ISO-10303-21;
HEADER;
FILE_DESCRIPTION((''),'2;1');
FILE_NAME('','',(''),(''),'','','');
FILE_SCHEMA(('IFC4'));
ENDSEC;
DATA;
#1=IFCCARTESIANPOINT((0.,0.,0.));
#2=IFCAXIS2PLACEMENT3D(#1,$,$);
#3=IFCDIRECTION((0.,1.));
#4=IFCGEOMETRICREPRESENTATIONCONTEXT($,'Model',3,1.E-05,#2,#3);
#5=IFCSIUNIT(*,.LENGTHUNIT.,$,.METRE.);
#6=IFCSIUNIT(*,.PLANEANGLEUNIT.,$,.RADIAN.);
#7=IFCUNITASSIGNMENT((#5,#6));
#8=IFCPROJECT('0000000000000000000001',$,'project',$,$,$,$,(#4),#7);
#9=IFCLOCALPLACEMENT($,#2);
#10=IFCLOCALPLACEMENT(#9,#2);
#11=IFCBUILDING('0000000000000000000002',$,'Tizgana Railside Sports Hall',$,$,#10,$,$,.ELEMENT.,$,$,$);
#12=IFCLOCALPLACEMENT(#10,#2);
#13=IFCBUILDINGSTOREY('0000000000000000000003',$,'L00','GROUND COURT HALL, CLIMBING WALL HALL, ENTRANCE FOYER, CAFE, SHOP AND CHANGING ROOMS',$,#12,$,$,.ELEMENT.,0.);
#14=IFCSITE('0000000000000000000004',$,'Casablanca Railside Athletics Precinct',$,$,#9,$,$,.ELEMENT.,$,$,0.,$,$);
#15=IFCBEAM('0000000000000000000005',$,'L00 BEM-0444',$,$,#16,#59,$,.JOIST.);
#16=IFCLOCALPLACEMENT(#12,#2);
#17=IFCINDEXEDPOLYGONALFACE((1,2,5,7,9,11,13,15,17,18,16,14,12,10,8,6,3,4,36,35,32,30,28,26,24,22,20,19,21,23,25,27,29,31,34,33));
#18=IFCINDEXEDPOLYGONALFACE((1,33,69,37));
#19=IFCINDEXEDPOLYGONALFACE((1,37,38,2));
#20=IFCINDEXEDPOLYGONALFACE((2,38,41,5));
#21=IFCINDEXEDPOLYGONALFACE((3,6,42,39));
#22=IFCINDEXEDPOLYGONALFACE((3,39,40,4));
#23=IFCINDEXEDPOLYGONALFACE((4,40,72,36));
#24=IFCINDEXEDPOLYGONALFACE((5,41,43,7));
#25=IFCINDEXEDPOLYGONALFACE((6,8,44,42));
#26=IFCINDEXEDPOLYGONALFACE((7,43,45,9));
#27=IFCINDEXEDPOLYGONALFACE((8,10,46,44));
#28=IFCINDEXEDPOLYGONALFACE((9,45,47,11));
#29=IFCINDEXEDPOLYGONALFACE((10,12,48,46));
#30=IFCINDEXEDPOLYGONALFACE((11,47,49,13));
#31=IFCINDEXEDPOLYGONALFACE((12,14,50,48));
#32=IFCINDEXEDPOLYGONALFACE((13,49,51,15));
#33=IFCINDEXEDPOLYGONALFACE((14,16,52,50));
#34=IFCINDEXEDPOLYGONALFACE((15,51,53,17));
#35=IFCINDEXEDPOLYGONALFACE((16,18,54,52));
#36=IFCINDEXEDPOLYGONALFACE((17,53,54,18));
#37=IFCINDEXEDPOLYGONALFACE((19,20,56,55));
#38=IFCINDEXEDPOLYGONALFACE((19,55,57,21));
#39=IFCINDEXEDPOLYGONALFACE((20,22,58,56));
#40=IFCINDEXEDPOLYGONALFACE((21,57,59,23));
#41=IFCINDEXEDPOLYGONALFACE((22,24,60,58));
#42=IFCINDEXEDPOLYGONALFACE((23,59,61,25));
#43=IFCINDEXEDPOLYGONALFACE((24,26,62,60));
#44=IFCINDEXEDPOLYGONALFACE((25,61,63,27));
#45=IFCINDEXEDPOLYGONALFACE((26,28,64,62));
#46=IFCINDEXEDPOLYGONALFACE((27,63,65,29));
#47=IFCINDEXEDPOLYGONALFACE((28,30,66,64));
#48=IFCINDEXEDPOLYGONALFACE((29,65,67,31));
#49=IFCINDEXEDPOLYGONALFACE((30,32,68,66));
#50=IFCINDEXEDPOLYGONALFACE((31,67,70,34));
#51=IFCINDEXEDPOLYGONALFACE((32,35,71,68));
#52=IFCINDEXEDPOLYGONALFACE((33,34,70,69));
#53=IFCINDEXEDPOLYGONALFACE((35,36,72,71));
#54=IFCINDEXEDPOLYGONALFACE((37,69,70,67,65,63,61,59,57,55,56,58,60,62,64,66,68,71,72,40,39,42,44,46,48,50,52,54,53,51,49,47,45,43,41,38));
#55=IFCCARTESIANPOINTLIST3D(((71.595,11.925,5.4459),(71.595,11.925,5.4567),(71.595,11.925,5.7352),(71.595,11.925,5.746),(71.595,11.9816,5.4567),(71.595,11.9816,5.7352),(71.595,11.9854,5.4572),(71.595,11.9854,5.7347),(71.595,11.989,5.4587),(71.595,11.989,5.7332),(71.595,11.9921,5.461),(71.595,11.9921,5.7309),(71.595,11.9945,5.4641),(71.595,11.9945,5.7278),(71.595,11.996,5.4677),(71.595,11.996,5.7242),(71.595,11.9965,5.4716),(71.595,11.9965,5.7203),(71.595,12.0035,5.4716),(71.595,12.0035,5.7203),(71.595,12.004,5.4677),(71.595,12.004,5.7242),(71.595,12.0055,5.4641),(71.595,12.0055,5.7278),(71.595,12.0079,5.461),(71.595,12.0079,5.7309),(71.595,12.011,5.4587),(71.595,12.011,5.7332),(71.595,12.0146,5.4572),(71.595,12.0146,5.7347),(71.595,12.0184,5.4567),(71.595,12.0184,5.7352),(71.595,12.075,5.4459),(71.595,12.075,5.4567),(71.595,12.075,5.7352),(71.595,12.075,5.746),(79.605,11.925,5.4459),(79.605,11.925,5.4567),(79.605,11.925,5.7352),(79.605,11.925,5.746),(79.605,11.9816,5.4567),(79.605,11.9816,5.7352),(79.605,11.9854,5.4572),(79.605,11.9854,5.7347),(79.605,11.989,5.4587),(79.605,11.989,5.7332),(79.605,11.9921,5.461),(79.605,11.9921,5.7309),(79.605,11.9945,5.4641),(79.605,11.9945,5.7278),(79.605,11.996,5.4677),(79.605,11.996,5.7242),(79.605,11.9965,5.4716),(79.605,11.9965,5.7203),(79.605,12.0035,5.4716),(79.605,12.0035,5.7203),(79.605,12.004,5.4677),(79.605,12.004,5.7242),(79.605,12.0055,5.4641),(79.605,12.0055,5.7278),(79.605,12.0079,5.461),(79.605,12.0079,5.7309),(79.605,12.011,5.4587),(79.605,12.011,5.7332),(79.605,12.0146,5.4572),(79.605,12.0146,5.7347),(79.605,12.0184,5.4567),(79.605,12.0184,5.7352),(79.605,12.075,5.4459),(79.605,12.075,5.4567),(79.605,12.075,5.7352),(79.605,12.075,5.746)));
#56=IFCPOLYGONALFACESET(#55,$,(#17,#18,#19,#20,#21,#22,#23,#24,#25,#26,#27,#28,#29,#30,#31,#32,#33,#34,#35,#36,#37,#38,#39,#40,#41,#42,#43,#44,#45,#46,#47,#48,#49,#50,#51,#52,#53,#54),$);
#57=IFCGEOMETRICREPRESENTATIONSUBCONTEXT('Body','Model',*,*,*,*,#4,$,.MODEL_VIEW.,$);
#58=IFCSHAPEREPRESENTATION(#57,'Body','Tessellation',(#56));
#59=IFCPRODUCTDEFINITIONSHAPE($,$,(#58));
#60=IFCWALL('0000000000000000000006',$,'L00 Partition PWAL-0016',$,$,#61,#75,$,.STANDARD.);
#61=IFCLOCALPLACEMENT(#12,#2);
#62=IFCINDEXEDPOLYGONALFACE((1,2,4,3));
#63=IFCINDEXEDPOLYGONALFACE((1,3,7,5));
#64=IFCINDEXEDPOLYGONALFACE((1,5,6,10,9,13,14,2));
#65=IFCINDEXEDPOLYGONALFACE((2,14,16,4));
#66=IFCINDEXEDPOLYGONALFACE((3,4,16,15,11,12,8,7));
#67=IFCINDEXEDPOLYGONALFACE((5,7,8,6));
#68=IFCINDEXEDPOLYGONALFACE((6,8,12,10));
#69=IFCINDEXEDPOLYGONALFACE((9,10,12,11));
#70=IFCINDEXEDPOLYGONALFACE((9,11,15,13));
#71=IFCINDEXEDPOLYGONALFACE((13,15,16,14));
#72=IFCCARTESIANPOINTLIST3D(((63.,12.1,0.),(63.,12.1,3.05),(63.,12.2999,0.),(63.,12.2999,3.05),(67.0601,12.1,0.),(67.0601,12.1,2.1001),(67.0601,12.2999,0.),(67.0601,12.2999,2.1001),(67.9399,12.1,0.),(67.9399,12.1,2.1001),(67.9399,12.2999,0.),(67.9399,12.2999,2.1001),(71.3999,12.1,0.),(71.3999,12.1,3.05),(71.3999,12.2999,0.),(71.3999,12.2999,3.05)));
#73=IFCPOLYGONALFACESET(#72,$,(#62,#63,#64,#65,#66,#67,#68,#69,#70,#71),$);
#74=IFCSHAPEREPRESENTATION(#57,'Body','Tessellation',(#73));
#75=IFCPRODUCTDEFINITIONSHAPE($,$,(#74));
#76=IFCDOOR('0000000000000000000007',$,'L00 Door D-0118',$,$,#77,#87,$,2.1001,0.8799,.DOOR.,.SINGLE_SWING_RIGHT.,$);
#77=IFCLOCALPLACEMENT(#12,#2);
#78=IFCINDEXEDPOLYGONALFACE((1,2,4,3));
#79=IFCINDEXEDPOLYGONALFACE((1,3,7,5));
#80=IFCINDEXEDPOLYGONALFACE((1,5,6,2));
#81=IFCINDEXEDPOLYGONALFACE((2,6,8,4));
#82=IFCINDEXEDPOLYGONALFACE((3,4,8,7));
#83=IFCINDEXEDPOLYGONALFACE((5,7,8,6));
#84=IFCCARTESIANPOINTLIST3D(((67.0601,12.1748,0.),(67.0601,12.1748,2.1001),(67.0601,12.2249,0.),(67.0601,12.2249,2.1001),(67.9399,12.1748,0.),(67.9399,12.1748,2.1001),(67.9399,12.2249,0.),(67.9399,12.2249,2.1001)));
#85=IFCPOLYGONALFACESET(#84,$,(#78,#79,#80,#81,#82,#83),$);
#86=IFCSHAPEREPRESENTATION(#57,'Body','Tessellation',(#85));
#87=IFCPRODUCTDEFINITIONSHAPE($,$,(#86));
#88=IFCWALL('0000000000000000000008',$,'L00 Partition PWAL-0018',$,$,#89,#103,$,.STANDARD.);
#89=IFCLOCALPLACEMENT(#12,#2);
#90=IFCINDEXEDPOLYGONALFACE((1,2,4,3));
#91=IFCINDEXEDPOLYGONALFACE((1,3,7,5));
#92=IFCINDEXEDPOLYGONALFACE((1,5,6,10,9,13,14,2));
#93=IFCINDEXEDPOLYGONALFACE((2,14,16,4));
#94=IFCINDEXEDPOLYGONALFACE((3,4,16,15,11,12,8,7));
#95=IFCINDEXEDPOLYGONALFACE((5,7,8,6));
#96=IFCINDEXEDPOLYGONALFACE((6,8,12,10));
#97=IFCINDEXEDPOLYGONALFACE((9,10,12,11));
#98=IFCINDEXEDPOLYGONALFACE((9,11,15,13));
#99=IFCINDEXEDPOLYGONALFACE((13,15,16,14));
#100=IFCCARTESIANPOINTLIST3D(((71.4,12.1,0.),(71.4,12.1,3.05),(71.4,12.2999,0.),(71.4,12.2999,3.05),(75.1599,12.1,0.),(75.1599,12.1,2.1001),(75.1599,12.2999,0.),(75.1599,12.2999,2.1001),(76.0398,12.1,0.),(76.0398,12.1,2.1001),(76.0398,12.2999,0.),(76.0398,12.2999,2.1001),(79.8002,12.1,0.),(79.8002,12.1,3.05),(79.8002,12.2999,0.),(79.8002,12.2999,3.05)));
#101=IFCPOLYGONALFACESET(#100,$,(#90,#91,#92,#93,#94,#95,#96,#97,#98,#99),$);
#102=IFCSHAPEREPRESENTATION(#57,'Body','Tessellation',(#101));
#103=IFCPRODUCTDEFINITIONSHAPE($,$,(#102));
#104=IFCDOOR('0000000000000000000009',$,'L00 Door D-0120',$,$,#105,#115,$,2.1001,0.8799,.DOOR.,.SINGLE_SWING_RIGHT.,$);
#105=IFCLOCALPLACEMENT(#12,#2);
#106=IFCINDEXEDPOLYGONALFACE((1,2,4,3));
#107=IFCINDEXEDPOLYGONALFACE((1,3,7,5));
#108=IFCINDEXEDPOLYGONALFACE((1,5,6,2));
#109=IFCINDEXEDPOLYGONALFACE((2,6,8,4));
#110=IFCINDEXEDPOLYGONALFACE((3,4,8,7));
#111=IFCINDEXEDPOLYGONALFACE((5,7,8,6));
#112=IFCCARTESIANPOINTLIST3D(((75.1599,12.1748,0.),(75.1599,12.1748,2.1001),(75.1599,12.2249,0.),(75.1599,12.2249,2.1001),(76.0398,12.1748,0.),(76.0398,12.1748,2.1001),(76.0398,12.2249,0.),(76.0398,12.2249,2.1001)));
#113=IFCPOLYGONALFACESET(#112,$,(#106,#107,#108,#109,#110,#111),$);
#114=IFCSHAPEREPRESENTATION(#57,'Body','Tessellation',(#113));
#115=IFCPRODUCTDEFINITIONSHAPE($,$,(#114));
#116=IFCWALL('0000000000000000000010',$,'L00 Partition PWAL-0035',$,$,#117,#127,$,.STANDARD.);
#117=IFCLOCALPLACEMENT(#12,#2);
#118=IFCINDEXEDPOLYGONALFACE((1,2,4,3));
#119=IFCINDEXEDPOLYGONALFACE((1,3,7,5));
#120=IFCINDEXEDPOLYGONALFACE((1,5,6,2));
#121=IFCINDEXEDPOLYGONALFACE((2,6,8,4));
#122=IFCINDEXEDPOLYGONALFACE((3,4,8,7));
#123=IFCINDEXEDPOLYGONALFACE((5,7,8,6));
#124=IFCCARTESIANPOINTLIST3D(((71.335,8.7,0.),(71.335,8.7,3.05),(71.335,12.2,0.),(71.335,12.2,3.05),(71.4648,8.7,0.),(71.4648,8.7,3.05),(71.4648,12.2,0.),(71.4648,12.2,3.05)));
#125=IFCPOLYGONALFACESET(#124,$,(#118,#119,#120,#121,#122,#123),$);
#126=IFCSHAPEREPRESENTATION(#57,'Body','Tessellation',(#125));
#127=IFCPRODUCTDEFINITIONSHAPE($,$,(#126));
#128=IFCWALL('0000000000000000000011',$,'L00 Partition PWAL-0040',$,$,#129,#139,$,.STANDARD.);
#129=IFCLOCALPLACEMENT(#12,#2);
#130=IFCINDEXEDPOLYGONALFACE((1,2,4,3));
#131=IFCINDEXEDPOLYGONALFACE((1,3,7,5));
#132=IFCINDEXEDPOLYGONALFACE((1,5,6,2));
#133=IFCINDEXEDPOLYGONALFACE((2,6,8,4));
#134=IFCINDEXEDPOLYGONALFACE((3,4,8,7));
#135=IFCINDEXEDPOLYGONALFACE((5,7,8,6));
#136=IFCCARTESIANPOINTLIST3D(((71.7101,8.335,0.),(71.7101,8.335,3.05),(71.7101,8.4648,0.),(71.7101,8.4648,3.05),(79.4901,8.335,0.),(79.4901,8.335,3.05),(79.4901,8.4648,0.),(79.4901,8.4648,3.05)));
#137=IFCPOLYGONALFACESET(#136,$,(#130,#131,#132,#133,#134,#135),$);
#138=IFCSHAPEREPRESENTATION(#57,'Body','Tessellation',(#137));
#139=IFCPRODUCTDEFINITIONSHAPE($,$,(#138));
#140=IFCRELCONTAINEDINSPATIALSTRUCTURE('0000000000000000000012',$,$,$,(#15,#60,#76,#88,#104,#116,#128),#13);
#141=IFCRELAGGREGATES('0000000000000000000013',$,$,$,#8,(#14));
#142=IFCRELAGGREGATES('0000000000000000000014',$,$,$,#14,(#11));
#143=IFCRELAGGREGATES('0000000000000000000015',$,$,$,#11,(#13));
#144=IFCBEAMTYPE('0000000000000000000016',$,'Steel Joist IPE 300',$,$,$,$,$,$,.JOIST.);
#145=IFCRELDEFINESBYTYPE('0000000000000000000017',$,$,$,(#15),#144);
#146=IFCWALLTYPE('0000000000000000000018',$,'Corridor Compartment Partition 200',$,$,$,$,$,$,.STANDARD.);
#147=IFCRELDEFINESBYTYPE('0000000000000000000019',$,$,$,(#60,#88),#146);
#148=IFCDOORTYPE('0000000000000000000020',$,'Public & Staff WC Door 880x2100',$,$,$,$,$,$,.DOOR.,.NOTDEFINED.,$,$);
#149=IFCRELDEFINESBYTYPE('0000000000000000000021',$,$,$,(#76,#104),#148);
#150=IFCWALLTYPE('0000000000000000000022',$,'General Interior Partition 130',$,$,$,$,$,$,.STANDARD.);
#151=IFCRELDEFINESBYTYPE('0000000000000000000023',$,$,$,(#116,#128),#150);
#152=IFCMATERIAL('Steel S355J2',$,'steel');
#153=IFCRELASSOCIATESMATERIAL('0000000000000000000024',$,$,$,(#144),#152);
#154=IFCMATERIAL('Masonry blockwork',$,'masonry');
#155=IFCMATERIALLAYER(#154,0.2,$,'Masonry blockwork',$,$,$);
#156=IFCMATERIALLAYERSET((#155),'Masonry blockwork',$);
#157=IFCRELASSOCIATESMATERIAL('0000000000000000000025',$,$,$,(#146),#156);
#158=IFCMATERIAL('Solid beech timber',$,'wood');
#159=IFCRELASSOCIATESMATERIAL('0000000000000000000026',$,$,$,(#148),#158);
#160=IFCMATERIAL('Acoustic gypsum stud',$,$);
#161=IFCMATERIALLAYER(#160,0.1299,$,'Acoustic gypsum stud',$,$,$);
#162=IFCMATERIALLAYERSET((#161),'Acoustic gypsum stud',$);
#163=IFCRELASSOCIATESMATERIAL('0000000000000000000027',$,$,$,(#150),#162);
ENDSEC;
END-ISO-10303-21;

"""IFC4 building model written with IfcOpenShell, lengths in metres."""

from ifc_helpers import new_model, si_unit, direction, frame, frame_2d, origin, origin_2d, place, context, subcontext, project, spatial, rectangle, i_section, extrude, material, layer, layer_set, material_profile, profile_set, type_object, element, fill, save


model = new_model("IFC4")

# Units and contexts
model_context = context("Model", 3, precision=1e-05, world=origin(), true_north=direction((0.0, 1.0)))
body_context = subcontext(model_context, "Body", "Model", "MODEL_VIEW")
ifc_project = project(units=[si_unit("LENGTHUNIT", "METRE"), si_unit("PLANEANGLEUNIT", "RADIAN")], contexts=[model_context])

# Site, building, storey
site_placement = place(None, origin())
site = spatial("IfcSite", under=ifc_project, at=site_placement, Name="Casablanca Railside Athletics Precinct", CompositionType="ELEMENT", RefElevation=0.0)
building_placement = place(site_placement, origin())
building = spatial("IfcBuilding", under=site, at=building_placement, Name="Tizgana Railside Sports Hall", CompositionType="ELEMENT")
storey_placement = place(building_placement, origin())
storey = spatial("IfcBuildingStorey", under=building, at=storey_placement, Name="L00", Description="GROUND COURT HALL, CLIMBING WALL HALL, ENTRANCE FOYER, CAFE, SHOP AND CHANGING ROOMS", CompositionType="ELEMENT", Elevation=0.0)

# Beam
ifc_material_1 = material(Name="Steel S355J2", Category="steel")
ifc_material_profile_1 = material_profile(ifc_material_1, i_section(OverallWidth=0.1499, OverallDepth=0.3, WebThickness=0.0071, FlangeThickness=0.0107, FilletRadius=0.0149, at=origin_2d()), Name="IPE 300")
ifc_profile_set_1 = profile_set([ifc_material_profile_1], Name="Steel S355J2")
beam_type_1 = type_object("IfcBeamType", Name="Steel Joist IPE 300", PredefinedType="JOIST", material=ifc_profile_set_1)
for number, where, z_axis, x_axis, name in (
    (1, (71.595, 12.0, 5.5959), (1.0, 0.0, 0.0), (0.0, 1.0, 0.0), "L00 BEM-0444"),
):
    element("IfcBeam", number, at=place(storey_placement, frame(where, z_axis=z_axis, x_axis=x_axis)), inside=storey, type_object=beam_type_1, Name=name, PredefinedType="JOIST", context=body_context, shape_type="SweptSolid", body=[
        extrude(i_section(OverallWidth=0.1499, OverallDepth=0.3, WebThickness=0.0071, FlangeThickness=0.0107, FilletRadius=0.0149, at=origin_2d()), origin(), (0.0, 0.0, 1.0), 8.01),
    ])

# Walls, openings, doors
ifc_material_2 = material(Name="Masonry blockwork", Category="masonry")
ifc_layer_1 = layer(ifc_material_2, 0.2, Name="Masonry blockwork")
ifc_layer_set_1 = layer_set([ifc_layer_1], Name="Masonry blockwork")
wall_type_1 = type_object("IfcWallType", Name="Corridor Compartment Partition 200", PredefinedType="STANDARD", material=ifc_layer_set_1)
wall_1_placement = place(storey_placement, frame((63.0, 12.2, 0.0), z_axis=(0.0, 0.0, 1.0), x_axis=(1.0, 0.0, 0.0)))
wall_1 = element("IfcWall", 2, at=wall_1_placement, inside=storey, type_object=wall_type_1, Name="L00 Partition PWAL-0016", PredefinedType="STANDARD", context=body_context, shape_type="SweptSolid", body=[
    extrude(rectangle(XDim=8.3999, YDim=0.2, at=frame_2d((4.2, 0.0))), origin(), (0.0, 0.0, 1.0), 3.05),
])
opening_1_placement = place(wall_1_placement, frame((4.0601, 0.0, 0.0)))
opening_1 = element("IfcOpeningElement", 3, at=opening_1_placement, cuts=wall_1, PredefinedType="OPENING", context=body_context, shape_type="SweptSolid", body=[
    extrude(rectangle(XDim=0.8799, YDim=2.1001, at=frame_2d((0.4399, 1.05))), frame((0.0, 0.1099, 0.0), z_axis=(0.0, -1.0, 0.0), x_axis=(1.0, 0.0, 0.0)), (0.0, 0.0, 1.0), 0.22),
])
ifc_material_3 = material(Name="Solid beech timber", Category="wood")
door_type_1 = type_object("IfcDoorType", Name="Public & Staff WC Door 880x2100", OperationType="NOTDEFINED", PredefinedType="DOOR", material=ifc_material_3)
door_1_placement = place(opening_1_placement, origin())
door_1 = element("IfcDoor", 4, at=door_1_placement, inside=storey, type_object=door_type_1, Name="L00 Door D-0118", OperationType="SINGLE_SWING_RIGHT", OverallHeight=2.1001, OverallWidth=0.8799, PredefinedType="DOOR", context=body_context, shape_type="SweptSolid", body=[
    extrude(rectangle(XDim=0.8799, YDim=2.1001, at=frame_2d((0.4399, 1.05))), frame((0.0, 0.0249, 0.0), z_axis=(0.0, -1.0, 0.0), x_axis=(1.0, 0.0, 0.0)), (0.0, 0.0, 1.0), 0.05),
])
fill(opening_1, door_1)
wall_2_placement = place(storey_placement, frame((71.3999, 12.2, 0.0), z_axis=(0.0, 0.0, 1.0), x_axis=(1.0, 0.0, 0.0)))
wall_2 = element("IfcWall", 5, at=wall_2_placement, inside=storey, type_object=wall_type_1, Name="L00 Partition PWAL-0018", PredefinedType="STANDARD", context=body_context, shape_type="SweptSolid", body=[
    extrude(rectangle(XDim=8.4001, YDim=0.2, at=frame_2d((4.2002, 0.0))), origin(), (0.0, 0.0, 1.0), 3.05),
])
opening_2_placement = place(wall_2_placement, frame((3.76, 0.0, 0.0)))
opening_2 = element("IfcOpeningElement", 6, at=opening_2_placement, cuts=wall_2, PredefinedType="OPENING", context=body_context, shape_type="SweptSolid", body=[
    extrude(rectangle(XDim=0.8799, YDim=2.1001, at=frame_2d((0.4399, 1.05))), frame((0.0, 0.1099, 0.0), z_axis=(0.0, -1.0, 0.0), x_axis=(1.0, 0.0, 0.0)), (0.0, 0.0, 1.0), 0.22),
])
door_2_placement = place(opening_2_placement, origin())
door_2 = element("IfcDoor", 7, at=door_2_placement, inside=storey, type_object=door_type_1, Name="L00 Door D-0120", OperationType="SINGLE_SWING_RIGHT", OverallHeight=2.1001, OverallWidth=0.8799, PredefinedType="DOOR", context=body_context, shape_type="SweptSolid", body=[
    extrude(rectangle(XDim=0.8799, YDim=2.1001, at=frame_2d((0.4399, 1.05))), frame((0.0, 0.0249, 0.0), z_axis=(0.0, -1.0, 0.0), x_axis=(1.0, 0.0, 0.0)), (0.0, 0.0, 1.0), 0.05),
])
fill(opening_2, door_2)

# Walls
ifc_material_4 = material(Name="Acoustic gypsum stud")
ifc_layer_2 = layer(ifc_material_4, 0.1299, Name="Acoustic gypsum stud")
ifc_layer_set_2 = layer_set([ifc_layer_2], Name="Acoustic gypsum stud")
wall_type_2 = type_object("IfcWallType", Name="General Interior Partition 130", PredefinedType="STANDARD", material=ifc_layer_set_2)
wall_3_placement = place(storey_placement, frame((71.3999, 8.7, 0.0), z_axis=(0.0, 0.0, 1.0), x_axis=(0.0, 1.0, 0.0)))
element("IfcWall", 8, at=wall_3_placement, inside=storey, type_object=wall_type_2, Name="L00 Partition PWAL-0035", PredefinedType="STANDARD", context=body_context, shape_type="SweptSolid", body=[
    extrude(rectangle(XDim=3.5, YDim=0.1299, at=frame_2d((1.75, 0.0))), origin(), (0.0, 0.0, 1.0), 3.05),
])
wall_4_placement = place(storey_placement, frame((71.71, 8.3999, 0.0), z_axis=(0.0, 0.0, 1.0), x_axis=(1.0, 0.0, 0.0)))
element("IfcWall", 9, at=wall_4_placement, inside=storey, type_object=wall_type_2, Name="L00 Partition PWAL-0040", PredefinedType="STANDARD", context=body_context, shape_type="SweptSolid", body=[
    extrude(rectangle(XDim=7.78, YDim=0.1299, at=frame_2d((3.8901, 0.0))), origin(), (0.0, 0.0, 1.0), 3.05),
])

save(model, "model.ifc")
